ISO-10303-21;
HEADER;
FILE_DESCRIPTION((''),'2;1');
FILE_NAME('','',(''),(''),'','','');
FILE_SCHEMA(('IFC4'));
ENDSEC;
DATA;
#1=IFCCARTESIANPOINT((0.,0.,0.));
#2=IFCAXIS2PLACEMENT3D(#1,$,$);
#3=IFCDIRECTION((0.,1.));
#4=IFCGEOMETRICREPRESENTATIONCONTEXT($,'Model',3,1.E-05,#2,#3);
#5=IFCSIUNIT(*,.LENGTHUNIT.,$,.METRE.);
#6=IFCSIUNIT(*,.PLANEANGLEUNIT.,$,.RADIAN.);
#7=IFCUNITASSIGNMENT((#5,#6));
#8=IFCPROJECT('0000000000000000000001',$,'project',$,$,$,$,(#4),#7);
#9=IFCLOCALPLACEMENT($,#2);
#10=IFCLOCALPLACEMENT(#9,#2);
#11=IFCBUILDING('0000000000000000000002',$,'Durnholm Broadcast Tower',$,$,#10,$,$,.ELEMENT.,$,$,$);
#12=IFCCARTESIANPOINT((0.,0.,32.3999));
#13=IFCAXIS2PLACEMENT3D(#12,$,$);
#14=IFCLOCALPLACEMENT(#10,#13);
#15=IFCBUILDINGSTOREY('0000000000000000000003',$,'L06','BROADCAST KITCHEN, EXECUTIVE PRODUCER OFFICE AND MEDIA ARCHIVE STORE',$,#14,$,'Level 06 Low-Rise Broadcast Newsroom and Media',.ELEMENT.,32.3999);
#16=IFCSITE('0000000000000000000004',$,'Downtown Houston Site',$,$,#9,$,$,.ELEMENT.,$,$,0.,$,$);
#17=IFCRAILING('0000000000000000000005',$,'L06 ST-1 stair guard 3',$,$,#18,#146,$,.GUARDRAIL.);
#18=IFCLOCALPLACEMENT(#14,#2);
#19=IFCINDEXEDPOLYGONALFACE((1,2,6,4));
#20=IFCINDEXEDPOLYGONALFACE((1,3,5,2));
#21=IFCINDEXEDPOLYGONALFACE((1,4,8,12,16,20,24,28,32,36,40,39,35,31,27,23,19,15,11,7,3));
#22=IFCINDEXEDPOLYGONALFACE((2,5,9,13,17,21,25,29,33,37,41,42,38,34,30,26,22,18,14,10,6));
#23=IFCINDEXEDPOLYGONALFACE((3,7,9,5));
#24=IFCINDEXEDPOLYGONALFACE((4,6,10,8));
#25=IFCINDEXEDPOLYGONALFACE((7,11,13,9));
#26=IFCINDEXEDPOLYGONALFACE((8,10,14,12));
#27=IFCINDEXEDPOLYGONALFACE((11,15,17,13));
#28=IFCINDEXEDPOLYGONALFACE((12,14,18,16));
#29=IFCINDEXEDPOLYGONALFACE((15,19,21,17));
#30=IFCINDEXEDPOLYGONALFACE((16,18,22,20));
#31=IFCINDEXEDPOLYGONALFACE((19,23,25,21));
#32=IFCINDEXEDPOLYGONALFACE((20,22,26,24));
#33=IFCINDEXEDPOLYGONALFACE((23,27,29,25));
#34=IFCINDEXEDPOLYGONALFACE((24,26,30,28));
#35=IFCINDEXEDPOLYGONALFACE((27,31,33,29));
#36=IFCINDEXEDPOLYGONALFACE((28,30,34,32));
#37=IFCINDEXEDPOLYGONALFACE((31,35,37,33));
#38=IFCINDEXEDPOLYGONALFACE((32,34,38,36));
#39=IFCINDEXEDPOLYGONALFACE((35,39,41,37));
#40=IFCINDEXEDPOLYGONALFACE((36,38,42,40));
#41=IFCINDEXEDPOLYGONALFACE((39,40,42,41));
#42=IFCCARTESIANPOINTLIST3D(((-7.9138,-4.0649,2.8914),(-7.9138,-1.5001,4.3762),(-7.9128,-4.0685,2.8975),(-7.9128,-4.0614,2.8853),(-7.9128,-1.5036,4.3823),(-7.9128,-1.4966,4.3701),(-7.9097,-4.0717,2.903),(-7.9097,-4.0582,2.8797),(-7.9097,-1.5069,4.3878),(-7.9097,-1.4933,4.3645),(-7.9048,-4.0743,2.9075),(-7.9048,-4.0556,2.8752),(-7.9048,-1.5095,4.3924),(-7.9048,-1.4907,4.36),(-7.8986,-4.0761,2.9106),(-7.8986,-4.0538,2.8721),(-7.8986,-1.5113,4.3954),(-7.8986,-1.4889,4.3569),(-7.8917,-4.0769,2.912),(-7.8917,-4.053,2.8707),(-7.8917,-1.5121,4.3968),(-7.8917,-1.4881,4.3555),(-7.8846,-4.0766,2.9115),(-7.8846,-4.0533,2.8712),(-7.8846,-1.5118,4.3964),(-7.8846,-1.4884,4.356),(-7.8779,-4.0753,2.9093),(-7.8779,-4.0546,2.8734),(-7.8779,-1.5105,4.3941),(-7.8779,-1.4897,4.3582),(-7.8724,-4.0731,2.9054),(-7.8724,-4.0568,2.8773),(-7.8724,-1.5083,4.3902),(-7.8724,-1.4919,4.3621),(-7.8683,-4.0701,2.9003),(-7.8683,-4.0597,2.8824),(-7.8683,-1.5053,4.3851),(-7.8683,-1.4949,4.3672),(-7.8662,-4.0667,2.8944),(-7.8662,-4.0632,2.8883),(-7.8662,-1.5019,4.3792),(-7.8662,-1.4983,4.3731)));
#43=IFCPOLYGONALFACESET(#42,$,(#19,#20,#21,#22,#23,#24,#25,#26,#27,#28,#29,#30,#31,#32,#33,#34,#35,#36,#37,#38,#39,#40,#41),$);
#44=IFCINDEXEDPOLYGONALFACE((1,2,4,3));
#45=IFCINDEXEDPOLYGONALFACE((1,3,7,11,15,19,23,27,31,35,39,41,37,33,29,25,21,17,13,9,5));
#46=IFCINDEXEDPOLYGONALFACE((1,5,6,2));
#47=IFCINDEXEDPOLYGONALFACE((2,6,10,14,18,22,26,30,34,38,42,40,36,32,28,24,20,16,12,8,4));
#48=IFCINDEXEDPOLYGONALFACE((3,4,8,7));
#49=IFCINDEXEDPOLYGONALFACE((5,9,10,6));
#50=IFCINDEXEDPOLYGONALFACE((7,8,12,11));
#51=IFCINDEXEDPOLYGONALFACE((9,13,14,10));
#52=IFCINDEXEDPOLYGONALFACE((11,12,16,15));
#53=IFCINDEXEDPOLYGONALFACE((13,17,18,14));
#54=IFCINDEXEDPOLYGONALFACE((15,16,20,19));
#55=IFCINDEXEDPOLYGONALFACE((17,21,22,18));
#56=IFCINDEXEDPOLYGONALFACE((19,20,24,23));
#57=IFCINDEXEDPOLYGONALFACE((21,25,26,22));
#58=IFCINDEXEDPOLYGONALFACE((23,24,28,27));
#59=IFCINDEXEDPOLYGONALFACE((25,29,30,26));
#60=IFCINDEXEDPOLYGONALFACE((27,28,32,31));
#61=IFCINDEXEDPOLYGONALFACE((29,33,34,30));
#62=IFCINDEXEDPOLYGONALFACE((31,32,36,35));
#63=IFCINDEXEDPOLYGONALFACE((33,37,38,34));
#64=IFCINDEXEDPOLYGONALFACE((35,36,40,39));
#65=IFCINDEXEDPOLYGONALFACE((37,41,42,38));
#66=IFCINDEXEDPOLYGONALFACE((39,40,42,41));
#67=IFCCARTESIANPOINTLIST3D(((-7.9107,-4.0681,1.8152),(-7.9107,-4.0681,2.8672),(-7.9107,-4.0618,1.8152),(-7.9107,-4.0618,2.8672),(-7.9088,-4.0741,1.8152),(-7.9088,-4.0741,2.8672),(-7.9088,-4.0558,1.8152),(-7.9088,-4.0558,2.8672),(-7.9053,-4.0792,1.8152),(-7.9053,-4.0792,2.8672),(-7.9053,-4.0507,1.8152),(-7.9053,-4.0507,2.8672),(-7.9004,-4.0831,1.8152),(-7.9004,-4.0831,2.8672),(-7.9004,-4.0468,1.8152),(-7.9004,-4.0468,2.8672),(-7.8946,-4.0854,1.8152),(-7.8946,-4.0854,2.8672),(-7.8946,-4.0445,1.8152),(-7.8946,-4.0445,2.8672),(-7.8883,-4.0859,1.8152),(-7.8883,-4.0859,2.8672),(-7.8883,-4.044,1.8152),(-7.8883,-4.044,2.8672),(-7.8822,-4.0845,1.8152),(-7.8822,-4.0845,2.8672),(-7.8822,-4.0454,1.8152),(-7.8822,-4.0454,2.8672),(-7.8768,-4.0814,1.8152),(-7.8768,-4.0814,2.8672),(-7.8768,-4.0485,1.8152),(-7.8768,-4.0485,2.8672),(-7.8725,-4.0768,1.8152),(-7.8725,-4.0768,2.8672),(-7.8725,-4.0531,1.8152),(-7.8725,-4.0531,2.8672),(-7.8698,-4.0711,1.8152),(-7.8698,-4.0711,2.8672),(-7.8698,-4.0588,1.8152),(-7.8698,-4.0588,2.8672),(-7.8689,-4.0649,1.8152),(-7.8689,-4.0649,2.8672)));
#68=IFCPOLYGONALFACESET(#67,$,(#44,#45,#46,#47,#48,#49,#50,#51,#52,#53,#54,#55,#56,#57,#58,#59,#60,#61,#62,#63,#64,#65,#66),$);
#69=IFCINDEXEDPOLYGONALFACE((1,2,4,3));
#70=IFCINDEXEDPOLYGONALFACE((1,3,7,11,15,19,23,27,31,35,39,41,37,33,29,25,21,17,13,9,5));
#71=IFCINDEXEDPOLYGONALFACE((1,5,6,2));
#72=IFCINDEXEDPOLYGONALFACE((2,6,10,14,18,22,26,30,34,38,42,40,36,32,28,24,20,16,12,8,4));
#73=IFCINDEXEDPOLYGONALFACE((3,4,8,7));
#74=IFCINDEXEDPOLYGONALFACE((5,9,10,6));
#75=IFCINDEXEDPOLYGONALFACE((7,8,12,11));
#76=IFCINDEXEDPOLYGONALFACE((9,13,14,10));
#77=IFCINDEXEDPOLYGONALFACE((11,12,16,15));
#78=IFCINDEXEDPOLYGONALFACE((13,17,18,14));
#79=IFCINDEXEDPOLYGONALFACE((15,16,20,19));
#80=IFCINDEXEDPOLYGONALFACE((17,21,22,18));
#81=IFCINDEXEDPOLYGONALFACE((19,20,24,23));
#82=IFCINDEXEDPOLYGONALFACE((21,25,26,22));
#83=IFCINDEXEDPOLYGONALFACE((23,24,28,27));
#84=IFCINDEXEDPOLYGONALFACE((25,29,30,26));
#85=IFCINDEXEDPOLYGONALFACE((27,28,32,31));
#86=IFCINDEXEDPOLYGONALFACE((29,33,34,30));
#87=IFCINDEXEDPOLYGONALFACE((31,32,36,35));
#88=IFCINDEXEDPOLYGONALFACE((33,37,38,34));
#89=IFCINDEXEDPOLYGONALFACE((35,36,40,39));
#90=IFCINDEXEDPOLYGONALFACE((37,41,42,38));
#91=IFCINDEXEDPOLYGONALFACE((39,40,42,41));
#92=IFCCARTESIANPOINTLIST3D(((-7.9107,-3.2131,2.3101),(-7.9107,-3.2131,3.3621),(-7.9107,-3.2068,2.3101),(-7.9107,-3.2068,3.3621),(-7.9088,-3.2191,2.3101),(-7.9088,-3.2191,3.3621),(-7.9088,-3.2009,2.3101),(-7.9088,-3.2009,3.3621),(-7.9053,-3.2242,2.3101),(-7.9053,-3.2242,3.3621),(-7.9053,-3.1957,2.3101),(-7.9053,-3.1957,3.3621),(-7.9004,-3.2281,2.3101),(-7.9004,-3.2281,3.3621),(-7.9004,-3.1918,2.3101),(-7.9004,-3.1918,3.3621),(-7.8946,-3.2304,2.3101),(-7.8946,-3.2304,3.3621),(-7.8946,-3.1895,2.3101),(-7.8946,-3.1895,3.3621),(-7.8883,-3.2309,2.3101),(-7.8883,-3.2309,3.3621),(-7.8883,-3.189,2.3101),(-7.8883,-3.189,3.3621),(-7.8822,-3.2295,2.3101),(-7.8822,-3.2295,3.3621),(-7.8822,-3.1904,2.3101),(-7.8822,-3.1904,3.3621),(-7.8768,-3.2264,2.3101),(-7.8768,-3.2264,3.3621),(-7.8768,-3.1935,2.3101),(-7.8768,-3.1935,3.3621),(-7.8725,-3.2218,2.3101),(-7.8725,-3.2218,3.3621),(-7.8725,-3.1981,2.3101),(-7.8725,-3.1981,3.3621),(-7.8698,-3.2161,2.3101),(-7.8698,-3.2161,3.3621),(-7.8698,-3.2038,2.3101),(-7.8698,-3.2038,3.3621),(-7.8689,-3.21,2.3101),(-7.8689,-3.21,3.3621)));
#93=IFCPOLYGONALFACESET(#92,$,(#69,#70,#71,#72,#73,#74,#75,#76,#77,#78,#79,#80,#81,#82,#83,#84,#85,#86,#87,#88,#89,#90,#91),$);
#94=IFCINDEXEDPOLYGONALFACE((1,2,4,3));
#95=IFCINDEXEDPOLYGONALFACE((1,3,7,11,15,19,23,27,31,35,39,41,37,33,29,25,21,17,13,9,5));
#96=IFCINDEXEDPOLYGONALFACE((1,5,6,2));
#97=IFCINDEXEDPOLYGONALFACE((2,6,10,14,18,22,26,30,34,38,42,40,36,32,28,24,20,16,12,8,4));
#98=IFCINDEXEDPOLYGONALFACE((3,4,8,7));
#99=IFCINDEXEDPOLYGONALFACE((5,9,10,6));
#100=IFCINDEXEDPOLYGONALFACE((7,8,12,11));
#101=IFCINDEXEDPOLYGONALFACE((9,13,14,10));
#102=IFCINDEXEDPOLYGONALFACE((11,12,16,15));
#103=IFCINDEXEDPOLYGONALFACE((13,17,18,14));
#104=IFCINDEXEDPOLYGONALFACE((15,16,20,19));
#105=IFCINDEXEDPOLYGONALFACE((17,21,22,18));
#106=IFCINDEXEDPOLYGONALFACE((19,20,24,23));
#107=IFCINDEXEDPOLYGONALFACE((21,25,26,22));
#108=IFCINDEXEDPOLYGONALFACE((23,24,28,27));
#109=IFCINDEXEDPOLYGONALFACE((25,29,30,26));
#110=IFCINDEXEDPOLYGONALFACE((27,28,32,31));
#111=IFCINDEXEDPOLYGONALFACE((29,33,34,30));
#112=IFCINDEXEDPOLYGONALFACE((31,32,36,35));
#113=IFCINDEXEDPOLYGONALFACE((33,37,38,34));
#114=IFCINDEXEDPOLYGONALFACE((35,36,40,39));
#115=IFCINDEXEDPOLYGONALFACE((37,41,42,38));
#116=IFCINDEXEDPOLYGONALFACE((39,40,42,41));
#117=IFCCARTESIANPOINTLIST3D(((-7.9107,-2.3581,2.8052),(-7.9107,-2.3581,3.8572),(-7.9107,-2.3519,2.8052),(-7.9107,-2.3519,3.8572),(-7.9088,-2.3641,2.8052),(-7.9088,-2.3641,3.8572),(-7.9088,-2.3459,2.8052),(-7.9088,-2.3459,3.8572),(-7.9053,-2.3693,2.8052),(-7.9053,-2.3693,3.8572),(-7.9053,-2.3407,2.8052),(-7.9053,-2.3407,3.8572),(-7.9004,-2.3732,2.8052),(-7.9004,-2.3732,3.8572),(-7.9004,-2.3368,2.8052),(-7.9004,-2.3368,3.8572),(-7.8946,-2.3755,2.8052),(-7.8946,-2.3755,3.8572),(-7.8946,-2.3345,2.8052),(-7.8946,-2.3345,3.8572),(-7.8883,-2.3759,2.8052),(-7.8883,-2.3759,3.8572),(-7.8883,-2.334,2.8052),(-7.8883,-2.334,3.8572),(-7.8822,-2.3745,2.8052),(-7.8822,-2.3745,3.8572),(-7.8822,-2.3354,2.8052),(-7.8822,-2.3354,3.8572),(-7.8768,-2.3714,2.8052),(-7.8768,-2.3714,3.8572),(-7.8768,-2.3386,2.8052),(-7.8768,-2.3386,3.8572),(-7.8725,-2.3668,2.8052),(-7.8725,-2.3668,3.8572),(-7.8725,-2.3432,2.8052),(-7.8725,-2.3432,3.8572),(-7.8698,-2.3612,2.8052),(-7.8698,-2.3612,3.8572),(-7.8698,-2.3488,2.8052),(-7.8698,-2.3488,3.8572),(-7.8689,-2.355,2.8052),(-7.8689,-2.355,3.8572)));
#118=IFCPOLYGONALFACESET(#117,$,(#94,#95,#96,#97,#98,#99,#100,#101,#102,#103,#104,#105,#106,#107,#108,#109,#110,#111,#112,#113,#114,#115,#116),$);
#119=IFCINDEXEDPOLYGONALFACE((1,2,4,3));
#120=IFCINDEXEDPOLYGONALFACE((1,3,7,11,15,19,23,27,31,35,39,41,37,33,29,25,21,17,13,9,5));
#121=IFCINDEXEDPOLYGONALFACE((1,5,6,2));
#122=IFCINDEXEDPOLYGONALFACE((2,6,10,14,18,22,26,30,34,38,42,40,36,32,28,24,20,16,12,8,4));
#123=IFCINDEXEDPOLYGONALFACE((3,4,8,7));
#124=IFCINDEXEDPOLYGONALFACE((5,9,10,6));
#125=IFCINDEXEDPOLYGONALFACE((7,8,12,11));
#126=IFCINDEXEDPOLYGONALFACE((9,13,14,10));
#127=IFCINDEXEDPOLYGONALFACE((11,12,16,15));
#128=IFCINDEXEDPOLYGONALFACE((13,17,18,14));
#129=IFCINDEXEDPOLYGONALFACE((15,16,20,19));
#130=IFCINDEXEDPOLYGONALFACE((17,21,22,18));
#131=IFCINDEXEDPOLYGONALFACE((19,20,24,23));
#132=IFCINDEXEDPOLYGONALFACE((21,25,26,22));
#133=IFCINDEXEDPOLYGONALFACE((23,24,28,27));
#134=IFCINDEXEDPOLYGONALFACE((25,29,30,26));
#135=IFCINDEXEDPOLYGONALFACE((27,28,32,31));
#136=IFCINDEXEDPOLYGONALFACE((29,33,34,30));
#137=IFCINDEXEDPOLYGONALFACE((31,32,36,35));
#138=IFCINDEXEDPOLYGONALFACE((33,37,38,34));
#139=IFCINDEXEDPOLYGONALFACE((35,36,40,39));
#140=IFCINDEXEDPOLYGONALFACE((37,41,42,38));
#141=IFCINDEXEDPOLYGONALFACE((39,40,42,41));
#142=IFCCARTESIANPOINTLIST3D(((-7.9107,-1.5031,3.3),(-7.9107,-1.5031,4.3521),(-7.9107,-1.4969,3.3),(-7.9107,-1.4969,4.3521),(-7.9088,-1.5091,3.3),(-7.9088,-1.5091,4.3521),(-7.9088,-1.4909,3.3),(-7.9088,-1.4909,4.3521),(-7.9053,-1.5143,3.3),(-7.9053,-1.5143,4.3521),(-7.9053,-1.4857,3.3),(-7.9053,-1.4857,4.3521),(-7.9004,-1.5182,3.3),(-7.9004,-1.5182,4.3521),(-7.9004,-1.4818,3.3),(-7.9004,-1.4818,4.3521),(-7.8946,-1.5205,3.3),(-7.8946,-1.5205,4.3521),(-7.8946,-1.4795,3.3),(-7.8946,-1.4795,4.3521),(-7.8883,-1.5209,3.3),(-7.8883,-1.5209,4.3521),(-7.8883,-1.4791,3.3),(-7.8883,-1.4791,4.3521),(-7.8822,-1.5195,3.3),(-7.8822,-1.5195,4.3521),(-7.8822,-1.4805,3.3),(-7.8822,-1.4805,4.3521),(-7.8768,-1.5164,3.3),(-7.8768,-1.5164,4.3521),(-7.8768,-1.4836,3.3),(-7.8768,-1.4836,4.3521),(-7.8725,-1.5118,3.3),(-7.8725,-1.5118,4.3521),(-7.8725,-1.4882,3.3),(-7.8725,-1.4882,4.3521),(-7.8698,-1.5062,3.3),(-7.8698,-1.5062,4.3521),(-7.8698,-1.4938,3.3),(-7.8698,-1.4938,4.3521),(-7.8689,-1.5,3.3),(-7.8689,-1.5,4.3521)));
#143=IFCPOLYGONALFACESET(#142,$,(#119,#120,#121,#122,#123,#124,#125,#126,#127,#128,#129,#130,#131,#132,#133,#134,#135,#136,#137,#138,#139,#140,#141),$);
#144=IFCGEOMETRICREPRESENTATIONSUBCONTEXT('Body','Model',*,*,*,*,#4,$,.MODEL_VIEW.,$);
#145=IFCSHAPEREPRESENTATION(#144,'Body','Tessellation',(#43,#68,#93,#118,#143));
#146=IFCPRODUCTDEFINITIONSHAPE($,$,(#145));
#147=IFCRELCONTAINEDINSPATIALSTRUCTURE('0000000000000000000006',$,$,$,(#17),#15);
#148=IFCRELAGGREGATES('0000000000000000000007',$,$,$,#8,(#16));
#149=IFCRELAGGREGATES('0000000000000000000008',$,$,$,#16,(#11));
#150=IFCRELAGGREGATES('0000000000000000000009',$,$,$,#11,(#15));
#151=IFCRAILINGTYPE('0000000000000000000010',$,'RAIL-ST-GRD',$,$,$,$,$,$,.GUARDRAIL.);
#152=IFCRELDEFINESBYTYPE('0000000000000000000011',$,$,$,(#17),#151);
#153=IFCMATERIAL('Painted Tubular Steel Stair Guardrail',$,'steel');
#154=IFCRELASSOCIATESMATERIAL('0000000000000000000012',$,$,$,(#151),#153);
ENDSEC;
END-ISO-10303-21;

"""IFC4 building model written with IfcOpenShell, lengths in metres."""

from ifc_helpers import new_model, si_unit, direction, frame, origin, origin_2d, place, context, subcontext, project, spatial, circle, extrude, material, type_object, element, save


model = new_model("IFC4")

# Units and contexts
model_context = context("Model", 3, precision=1e-05, world=origin(), true_north=direction((0.0, 1.0)))
body_context = subcontext(model_context, "Body", "Model", "MODEL_VIEW")
ifc_project = project(units=[si_unit("LENGTHUNIT", "METRE"), si_unit("PLANEANGLEUNIT", "RADIAN")], contexts=[model_context])

# Site, building, storey
site_placement = place(None, origin())
site = spatial("IfcSite", under=ifc_project, at=site_placement, Name="Downtown Houston Site", CompositionType="ELEMENT", RefElevation=0.0)
building_placement = place(site_placement, origin())
building = spatial("IfcBuilding", under=site, at=building_placement, Name="Durnholm Broadcast Tower", CompositionType="ELEMENT")
storey_placement = place(building_placement, frame((0.0, 0.0, 32.3999)))
storey = spatial("IfcBuildingStorey", under=building, at=storey_placement, Name="L06", Description="BROADCAST KITCHEN, EXECUTIVE PRODUCER OFFICE AND MEDIA ARCHIVE STORE", LongName="Level 06 Low-Rise Broadcast Newsroom and Media", CompositionType="ELEMENT", Elevation=32.3999)

# Railing
ifc_material_1 = material(Name="Painted Tubular Steel Stair Guardrail", Category="steel")
railing_type_1 = type_object("IfcRailingType", Name="RAIL-ST-GRD", PredefinedType="GUARDRAIL", material=ifc_material_1)
railing_1_placement = place(storey_placement, frame((-7.8899, -4.0649, 1.8152)))
element("IfcRailing", 1, at=railing_1_placement, inside=storey, type_object=railing_type_1, Name="L06 ST-1 stair guard 3", PredefinedType="GUARDRAIL", context=body_context, shape_type="SweptSolid", body=[
    extrude(circle(Radius=0.0239, at=origin_2d()), frame((0.0, 0.0, 1.0762), z_axis=(0.0, 0.865441, 0.50101), x_axis=(-1.0, 0.0, 0.0)), (0.0, 0.0, 1.0), 2.9636),
    extrude(circle(Radius=0.021, at=origin_2d()), origin(), (0.0, 0.0, 1.0), 1.052),
    extrude(circle(Radius=0.021, at=origin_2d()), frame((0.0, 0.855, 0.4949)), (0.0, 0.0, 1.0), 1.052),
    extrude(circle(Radius=0.021, at=origin_2d()), frame((0.0, 1.71, 0.99)), (0.0, 0.0, 1.0), 1.052),
    extrude(circle(Radius=0.021, at=origin_2d()), frame((0.0, 2.5649, 1.4849)), (0.0, 0.0, 1.0), 1.052),
])

save(model, "model.ifc")
